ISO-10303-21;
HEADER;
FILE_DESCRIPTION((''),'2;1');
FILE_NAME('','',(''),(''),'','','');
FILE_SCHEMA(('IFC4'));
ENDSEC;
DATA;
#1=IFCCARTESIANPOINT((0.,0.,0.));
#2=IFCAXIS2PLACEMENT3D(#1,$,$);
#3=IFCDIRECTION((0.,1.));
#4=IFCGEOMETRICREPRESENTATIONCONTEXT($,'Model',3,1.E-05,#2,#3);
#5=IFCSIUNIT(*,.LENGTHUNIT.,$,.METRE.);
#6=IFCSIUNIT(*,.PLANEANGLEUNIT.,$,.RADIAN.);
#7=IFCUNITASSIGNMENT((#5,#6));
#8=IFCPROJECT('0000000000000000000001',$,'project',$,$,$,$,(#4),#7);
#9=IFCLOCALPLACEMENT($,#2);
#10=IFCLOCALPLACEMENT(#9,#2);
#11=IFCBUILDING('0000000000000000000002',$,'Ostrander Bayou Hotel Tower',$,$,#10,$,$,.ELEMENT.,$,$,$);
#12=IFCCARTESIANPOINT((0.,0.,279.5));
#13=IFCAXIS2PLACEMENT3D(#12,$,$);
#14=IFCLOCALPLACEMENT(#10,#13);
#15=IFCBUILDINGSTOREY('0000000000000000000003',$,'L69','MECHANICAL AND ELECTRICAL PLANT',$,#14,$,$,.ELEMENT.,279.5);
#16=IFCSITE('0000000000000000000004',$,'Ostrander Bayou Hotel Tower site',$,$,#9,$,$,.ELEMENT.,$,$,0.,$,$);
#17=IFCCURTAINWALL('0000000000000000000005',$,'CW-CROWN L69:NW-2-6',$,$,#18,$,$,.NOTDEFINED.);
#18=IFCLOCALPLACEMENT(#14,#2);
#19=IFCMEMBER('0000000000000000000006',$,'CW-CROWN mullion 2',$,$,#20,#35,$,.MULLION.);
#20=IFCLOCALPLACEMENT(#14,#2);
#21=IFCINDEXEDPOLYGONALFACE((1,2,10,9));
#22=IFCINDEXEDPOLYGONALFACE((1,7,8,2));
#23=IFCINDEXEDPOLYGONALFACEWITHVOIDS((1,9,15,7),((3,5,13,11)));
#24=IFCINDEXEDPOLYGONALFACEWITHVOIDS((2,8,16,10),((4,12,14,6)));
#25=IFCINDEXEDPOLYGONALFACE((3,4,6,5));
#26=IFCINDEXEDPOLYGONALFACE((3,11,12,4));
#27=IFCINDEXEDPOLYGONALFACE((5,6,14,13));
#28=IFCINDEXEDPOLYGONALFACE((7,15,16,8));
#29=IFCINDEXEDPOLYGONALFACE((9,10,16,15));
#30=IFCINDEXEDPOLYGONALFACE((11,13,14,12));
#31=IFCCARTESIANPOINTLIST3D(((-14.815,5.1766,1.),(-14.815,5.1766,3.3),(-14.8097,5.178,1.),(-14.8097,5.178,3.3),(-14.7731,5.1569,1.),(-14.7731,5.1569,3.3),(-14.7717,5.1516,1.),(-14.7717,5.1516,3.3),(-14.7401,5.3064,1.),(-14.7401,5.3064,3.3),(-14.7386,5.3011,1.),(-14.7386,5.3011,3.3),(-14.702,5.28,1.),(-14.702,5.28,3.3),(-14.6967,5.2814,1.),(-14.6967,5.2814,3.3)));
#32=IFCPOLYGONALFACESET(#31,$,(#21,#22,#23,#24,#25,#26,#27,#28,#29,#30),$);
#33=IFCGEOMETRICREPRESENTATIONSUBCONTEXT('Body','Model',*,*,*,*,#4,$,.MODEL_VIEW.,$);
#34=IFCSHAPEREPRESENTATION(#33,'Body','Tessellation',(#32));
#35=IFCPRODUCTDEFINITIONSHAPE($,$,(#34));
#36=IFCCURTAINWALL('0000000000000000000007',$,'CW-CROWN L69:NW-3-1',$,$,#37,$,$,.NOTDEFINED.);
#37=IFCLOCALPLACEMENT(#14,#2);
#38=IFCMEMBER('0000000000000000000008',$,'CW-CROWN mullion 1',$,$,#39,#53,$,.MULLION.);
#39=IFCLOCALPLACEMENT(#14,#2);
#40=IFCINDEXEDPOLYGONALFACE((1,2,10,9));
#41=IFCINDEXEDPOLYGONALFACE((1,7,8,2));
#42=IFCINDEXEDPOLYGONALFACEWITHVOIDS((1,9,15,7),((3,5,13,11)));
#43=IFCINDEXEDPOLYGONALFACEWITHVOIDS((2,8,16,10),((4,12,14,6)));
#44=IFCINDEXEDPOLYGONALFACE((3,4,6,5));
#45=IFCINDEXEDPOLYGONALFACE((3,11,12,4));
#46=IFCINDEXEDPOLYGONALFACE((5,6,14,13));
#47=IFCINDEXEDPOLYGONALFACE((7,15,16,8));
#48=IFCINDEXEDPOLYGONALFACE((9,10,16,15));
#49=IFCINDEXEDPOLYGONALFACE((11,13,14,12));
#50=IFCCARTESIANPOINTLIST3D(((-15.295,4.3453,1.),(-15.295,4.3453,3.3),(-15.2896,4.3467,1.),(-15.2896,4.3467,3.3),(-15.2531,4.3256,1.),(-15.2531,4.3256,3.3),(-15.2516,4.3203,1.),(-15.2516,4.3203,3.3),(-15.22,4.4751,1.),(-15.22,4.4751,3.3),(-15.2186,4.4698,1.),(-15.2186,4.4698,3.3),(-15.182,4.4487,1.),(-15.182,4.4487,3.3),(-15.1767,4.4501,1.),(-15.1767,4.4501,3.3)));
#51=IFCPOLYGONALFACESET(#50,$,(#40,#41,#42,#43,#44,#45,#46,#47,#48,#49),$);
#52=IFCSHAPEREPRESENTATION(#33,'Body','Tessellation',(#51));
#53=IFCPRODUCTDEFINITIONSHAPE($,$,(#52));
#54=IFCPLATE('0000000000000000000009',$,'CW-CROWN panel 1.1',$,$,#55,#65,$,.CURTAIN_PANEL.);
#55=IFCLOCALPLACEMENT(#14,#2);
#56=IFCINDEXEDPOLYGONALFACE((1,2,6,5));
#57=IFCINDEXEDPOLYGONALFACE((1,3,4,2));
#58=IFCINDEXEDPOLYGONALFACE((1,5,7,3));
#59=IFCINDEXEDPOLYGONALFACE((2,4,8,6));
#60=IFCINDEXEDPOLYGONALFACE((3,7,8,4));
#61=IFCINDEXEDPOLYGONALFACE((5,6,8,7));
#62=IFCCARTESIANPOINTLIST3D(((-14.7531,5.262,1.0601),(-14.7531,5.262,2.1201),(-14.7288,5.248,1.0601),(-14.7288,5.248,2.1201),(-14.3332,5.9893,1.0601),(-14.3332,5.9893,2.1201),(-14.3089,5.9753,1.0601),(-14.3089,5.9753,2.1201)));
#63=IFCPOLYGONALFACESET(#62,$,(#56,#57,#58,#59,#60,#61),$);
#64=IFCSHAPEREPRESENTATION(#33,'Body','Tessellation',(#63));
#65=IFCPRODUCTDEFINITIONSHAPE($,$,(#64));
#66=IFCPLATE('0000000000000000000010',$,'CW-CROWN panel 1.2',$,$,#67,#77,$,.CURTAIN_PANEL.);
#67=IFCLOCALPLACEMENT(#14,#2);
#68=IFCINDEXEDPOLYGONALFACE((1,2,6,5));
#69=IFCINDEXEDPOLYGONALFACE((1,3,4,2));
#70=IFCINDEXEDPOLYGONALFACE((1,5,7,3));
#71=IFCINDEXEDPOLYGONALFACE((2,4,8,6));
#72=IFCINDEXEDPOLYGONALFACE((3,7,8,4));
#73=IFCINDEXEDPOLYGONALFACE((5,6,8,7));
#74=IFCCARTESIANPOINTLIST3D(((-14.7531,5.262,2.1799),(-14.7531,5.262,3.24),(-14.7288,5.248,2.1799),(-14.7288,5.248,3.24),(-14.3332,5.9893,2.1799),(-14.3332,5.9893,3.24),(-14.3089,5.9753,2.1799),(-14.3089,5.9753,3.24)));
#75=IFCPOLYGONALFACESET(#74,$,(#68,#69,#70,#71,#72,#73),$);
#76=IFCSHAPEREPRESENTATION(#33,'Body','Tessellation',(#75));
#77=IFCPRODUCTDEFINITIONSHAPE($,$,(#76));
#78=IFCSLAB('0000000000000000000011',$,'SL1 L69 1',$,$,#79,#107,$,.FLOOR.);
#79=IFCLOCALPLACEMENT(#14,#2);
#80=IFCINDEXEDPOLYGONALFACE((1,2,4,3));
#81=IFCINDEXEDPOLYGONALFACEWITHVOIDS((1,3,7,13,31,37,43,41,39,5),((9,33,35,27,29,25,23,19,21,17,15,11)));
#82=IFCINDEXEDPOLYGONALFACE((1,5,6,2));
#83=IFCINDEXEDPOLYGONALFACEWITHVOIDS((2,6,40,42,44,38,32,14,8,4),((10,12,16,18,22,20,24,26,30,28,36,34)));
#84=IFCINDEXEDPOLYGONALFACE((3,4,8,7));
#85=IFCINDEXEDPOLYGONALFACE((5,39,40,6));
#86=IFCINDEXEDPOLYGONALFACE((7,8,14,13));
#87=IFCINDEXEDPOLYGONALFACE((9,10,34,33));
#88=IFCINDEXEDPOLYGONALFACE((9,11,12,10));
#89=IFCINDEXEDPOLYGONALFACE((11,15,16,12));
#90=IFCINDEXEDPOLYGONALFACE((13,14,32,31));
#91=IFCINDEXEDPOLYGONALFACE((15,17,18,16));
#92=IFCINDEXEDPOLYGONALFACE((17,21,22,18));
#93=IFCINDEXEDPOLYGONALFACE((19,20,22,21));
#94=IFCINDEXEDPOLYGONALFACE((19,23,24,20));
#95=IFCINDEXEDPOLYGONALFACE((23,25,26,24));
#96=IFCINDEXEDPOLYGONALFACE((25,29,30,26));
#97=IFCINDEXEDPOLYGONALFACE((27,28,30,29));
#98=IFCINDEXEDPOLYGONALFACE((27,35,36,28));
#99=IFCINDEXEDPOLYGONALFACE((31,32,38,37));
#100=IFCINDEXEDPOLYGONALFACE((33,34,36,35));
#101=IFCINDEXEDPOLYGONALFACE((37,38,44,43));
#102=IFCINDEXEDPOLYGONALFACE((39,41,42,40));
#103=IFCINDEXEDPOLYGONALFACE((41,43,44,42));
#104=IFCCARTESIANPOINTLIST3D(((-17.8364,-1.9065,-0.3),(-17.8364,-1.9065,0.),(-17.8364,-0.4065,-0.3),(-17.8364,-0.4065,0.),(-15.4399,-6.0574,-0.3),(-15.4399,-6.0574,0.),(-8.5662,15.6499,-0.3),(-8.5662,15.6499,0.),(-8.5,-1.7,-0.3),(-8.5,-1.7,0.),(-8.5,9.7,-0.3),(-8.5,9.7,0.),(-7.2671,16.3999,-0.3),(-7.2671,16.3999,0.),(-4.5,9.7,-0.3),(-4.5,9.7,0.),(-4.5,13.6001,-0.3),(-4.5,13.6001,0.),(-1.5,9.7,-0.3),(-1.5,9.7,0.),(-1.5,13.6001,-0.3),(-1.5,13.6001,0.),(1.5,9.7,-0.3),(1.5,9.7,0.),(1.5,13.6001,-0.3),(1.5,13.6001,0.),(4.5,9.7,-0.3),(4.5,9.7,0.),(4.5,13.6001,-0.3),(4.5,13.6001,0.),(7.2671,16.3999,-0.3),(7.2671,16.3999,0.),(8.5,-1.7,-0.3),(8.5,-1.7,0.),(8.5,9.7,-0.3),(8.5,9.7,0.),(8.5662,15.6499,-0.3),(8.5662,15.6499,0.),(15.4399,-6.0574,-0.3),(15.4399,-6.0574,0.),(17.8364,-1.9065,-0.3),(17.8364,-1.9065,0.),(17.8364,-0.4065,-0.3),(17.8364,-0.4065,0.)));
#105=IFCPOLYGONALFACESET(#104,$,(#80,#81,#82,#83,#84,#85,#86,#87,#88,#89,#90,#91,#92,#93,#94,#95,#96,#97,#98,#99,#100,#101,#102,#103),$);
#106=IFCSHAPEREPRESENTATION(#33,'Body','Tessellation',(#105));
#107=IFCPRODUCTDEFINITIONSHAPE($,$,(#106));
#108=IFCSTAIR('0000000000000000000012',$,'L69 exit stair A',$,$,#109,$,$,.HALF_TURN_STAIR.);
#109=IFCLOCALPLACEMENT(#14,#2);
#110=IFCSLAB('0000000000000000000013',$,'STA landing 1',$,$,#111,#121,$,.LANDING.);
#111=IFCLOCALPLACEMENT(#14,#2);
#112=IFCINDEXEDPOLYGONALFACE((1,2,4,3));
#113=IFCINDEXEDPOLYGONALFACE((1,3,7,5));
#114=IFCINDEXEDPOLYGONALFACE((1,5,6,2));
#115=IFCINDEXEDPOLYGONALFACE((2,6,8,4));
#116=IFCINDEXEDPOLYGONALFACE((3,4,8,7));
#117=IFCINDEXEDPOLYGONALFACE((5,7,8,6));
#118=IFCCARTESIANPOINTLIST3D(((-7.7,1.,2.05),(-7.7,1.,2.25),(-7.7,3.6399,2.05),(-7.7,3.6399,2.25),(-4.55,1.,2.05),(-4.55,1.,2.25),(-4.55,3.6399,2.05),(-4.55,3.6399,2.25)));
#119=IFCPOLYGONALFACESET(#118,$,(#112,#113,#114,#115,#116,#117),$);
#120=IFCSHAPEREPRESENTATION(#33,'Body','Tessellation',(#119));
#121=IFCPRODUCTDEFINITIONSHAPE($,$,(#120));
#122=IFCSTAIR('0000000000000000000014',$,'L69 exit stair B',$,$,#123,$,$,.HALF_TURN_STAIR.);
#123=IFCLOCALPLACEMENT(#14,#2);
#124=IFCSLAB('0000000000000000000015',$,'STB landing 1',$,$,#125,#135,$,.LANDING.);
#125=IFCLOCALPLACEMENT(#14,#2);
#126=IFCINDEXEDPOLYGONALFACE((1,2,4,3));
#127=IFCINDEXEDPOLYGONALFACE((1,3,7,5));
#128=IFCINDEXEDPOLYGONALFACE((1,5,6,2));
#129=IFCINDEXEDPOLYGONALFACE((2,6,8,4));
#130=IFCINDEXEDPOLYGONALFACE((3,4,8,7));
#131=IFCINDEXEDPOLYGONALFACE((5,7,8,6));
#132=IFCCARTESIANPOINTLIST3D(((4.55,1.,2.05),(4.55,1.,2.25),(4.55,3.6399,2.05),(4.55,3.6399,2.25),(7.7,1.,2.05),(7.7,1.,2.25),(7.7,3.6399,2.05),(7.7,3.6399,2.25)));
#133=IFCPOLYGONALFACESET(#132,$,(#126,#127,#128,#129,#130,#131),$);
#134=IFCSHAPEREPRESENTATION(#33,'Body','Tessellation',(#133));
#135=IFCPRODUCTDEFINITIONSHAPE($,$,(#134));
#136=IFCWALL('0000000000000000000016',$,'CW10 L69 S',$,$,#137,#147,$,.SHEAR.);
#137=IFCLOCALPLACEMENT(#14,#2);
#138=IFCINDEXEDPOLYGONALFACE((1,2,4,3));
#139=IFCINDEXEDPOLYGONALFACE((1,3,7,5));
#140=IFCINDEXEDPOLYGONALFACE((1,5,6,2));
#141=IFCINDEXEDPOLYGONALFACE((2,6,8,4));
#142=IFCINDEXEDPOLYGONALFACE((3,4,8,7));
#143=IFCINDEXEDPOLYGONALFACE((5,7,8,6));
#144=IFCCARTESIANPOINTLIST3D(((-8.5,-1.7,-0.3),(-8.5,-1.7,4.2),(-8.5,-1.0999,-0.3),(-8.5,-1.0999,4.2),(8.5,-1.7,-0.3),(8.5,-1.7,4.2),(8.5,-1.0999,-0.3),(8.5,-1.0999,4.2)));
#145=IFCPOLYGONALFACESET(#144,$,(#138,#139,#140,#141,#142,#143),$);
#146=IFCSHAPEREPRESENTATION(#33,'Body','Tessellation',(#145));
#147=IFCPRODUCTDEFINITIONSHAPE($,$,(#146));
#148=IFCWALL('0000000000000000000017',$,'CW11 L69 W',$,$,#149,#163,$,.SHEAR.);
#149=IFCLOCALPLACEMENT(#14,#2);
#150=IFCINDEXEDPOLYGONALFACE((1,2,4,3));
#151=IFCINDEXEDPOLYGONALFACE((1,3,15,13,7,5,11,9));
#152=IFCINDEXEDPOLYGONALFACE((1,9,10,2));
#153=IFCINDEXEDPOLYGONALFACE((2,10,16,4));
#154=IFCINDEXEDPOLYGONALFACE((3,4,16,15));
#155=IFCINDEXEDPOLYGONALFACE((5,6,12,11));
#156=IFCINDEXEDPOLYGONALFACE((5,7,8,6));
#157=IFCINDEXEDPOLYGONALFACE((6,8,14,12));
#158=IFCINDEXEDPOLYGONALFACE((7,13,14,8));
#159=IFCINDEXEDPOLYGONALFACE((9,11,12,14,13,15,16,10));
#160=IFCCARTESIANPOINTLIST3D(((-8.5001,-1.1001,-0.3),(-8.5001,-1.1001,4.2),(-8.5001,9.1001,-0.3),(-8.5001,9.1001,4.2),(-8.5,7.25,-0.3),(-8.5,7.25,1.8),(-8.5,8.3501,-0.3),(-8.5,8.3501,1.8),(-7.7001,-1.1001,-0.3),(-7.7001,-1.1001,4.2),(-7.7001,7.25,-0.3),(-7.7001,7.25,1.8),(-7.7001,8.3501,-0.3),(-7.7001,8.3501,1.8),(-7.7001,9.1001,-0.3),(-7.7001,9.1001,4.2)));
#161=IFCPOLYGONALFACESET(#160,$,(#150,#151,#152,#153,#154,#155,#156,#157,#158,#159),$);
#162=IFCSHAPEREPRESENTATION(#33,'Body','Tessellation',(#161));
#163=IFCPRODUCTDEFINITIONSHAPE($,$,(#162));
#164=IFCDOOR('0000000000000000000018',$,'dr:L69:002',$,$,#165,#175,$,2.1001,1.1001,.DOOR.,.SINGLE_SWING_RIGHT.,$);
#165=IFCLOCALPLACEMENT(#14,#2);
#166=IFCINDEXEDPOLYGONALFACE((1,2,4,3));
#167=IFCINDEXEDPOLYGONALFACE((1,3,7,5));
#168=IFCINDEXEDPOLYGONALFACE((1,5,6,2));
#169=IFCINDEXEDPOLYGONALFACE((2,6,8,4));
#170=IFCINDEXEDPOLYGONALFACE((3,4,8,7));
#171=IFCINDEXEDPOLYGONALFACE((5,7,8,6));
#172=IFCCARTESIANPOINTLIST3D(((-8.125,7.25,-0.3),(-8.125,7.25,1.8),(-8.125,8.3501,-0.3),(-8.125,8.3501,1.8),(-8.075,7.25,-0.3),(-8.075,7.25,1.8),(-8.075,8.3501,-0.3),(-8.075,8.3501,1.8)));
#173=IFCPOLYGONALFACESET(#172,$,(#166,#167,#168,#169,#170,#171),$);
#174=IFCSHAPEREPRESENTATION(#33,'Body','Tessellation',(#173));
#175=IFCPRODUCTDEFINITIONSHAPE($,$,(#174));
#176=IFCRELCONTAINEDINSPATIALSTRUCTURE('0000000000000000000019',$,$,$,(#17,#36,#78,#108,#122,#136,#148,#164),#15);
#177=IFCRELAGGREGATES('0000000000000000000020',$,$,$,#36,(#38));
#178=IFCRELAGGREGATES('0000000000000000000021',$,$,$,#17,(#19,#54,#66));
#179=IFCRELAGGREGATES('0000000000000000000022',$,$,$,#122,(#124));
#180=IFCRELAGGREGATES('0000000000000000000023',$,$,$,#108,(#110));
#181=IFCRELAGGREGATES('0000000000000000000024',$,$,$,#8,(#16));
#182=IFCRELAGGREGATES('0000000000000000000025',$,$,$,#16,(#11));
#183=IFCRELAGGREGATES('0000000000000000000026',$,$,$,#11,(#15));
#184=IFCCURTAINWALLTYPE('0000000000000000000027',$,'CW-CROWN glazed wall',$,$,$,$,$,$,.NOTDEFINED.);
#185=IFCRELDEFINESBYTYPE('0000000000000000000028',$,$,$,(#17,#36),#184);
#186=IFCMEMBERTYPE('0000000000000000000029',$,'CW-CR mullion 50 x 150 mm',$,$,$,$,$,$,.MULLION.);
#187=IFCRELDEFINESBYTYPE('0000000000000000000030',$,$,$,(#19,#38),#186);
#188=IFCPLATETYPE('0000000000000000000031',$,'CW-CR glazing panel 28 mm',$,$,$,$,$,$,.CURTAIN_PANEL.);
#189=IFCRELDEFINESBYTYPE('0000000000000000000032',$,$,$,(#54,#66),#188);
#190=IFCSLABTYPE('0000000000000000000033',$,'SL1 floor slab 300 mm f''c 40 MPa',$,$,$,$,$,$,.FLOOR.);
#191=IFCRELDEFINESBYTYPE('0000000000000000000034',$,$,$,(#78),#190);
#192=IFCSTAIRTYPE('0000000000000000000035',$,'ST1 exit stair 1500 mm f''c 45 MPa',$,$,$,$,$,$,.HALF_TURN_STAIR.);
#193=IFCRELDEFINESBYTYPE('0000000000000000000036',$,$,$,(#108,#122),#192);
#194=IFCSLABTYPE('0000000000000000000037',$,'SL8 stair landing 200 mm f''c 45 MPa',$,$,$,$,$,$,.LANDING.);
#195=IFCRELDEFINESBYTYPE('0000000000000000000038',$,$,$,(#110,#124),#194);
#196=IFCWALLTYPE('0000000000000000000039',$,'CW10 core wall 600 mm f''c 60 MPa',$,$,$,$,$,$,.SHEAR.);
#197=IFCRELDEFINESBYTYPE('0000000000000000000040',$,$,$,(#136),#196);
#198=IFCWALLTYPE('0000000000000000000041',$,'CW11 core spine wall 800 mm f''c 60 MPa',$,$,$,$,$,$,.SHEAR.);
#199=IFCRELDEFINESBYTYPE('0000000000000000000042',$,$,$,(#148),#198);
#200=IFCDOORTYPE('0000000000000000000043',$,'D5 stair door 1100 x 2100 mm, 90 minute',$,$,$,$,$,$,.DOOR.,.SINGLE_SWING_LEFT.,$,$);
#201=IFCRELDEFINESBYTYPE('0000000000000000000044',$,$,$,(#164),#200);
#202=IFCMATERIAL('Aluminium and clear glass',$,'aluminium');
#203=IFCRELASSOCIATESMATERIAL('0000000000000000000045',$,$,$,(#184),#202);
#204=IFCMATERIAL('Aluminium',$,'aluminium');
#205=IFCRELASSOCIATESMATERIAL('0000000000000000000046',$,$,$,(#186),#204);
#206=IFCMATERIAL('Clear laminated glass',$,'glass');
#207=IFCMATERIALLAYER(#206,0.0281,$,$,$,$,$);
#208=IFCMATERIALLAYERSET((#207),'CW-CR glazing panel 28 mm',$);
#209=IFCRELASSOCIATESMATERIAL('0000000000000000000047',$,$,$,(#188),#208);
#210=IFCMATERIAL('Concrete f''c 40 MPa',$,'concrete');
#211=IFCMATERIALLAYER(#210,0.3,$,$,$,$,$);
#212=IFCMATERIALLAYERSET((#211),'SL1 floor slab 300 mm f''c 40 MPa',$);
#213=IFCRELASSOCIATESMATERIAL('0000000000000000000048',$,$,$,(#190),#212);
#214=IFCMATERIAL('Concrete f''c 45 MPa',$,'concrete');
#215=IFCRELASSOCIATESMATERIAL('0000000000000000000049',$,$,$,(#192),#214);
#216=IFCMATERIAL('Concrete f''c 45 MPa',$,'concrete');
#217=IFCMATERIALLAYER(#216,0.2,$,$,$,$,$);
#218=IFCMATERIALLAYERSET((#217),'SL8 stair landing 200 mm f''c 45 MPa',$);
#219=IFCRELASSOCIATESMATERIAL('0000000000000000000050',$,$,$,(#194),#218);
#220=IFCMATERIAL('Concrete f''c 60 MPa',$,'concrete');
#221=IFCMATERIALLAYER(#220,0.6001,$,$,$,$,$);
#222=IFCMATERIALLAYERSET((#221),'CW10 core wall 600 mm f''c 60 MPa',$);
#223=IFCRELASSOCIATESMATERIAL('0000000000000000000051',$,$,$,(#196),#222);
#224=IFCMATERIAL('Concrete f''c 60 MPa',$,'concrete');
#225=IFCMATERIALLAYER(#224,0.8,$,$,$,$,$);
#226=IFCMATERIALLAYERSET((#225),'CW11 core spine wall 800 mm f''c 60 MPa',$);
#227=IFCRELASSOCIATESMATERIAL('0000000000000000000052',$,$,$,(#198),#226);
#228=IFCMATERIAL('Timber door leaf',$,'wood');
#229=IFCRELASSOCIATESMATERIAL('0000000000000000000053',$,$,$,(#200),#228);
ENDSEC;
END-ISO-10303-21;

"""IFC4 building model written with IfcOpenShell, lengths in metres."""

from ifc_helpers import new_model, si_unit, direction, frame, frame_2d, origin, origin_2d, place, context, subcontext, project, spatial, polyline, rectangle, hollow_rectangle, outline, extrude, material, layer, layer_set, material_profile, profile_set, type_object, element, fill, aggregate, save


model = new_model("IFC4")

# Units and contexts
model_context = context("Model", 3, precision=1e-05, world=origin(), true_north=direction((0.0, 1.0)))
body_context = subcontext(model_context, "Body", "Model", "MODEL_VIEW")
ifc_project = project(units=[si_unit("LENGTHUNIT", "METRE"), si_unit("PLANEANGLEUNIT", "RADIAN")], contexts=[model_context])

# Site, building, storey
site_placement = place(None, origin())
site = spatial("IfcSite", under=ifc_project, at=site_placement, Name="Ostrander Bayou Hotel Tower site", CompositionType="ELEMENT", RefElevation=0.0)
building_placement = place(site_placement, origin())
building = spatial("IfcBuilding", under=site, at=building_placement, Name="Ostrander Bayou Hotel Tower", CompositionType="ELEMENT")
storey_placement = place(building_placement, frame((0.0, 0.0, 279.5)))
storey = spatial("IfcBuildingStorey", under=building, at=storey_placement, Name="L69", Description="MECHANICAL AND ELECTRICAL PLANT", CompositionType="ELEMENT", Elevation=279.5)

# Curtain walls, members
ifc_material_1 = material(Name="Aluminium and clear glass", Category="aluminium")
curtain_wall_type = type_object("IfcCurtainWallType", Name="CW-CROWN glazed wall", PredefinedType="NOTDEFINED", material=ifc_material_1)
curtain_wall_1_placement = place(storey_placement, origin())
curtain_wall_1 = element("IfcCurtainWall", 1, at=curtain_wall_1_placement, inside=storey, type_object=curtain_wall_type, Name="CW-CROWN L69:NW-2-6", PredefinedType="NOTDEFINED")
ifc_material_2 = material(Name="Aluminium", Category="aluminium")
ifc_material_profile = material_profile(ifc_material_2, hollow_rectangle(XDim=0.05, YDim=0.1499, WallThickness=0.0039, at=origin_2d()))
ifc_profile_set = profile_set([ifc_material_profile], Name="Aluminium")
member_type = type_object("IfcMemberType", Name="CW-CR mullion 50 x 150 mm", PredefinedType="MULLION", material=ifc_profile_set)
member_1_placement = place(storey_placement, frame((-14.7559, 5.229, 1.0), z_axis=(0.0, 0.0, 1.0), x_axis=(0.866022, -0.500005, 0.0)))
member_1 = element("IfcMember", 2, at=member_1_placement, type_object=member_type, Name="CW-CROWN mullion 2", PredefinedType="MULLION", context=body_context, shape_type="SweptSolid", body=[
    extrude(hollow_rectangle(XDim=0.05, YDim=0.1499, WallThickness=0.0039, at=origin_2d()), origin(), (0.0, 0.0, 1.0), 2.3),
])
curtain_wall_2_placement = place(storey_placement, origin())
curtain_wall_2 = element("IfcCurtainWall", 3, at=curtain_wall_2_placement, inside=storey, type_object=curtain_wall_type, Name="CW-CROWN L69:NW-3-1", PredefinedType="NOTDEFINED")
member_2_placement = place(storey_placement, frame((-15.2358, 4.3977, 1.0), z_axis=(0.0, 0.0, 1.0), x_axis=(0.866044, -0.499967, 0.0)))
member_2 = element("IfcMember", 4, at=member_2_placement, type_object=member_type, Name="CW-CROWN mullion 1", PredefinedType="MULLION", context=body_context, shape_type="SweptSolid", body=[
    extrude(hollow_rectangle(XDim=0.05, YDim=0.1499, WallThickness=0.0039, at=origin_2d()), origin(), (0.0, 0.0, 1.0), 2.3),
])
aggregate(curtain_wall_2, [member_2])

# Plates
ifc_material_3 = material(Name="Clear laminated glass", Category="glass")
ifc_layer_1 = layer(ifc_material_3, 0.0281)
ifc_layer_set_1 = layer_set([ifc_layer_1], Name="CW-CR glazing panel 28 mm")
plate_type = type_object("IfcPlateType", Name="CW-CR glazing panel 28 mm", PredefinedType="CURTAIN_PANEL", material=ifc_layer_set_1)
plate_1_placement = place(storey_placement, frame((-14.531, 5.6187, 1.0601), z_axis=(0.0, 0.0, 1.0), x_axis=(-0.500005, -0.866022, 0.0)))
plate_1 = element("IfcPlate", 5, at=plate_1_placement, type_object=plate_type, Name="CW-CROWN panel 1.1", PredefinedType="CURTAIN_PANEL", context=body_context, shape_type="SweptSolid", body=[
    extrude(rectangle(XDim=0.8398, YDim=0.0281, at=origin_2d()), origin(), (0.0, 0.0, 1.0), 1.0601),
])
plate_2_placement = place(storey_placement, frame((-14.531, 5.6187, 2.1799), z_axis=(0.0, 0.0, 1.0), x_axis=(-0.500005, -0.866022, 0.0)))
plate_2 = element("IfcPlate", 6, at=plate_2_placement, type_object=plate_type, Name="CW-CROWN panel 1.2", PredefinedType="CURTAIN_PANEL", context=body_context, shape_type="SweptSolid", body=[
    extrude(rectangle(XDim=0.8398, YDim=0.0281, at=origin_2d()), origin(), (0.0, 0.0, 1.0), 1.0601),
])
aggregate(curtain_wall_1, [member_1, plate_1, plate_2])

# Slab
ifc_material_4 = material(Name="Concrete f'c 40 MPa", Category="concrete")
ifc_layer_2 = layer(ifc_material_4, 0.3)
ifc_layer_set_2 = layer_set([ifc_layer_2], Name="SL1 floor slab 300 mm f'c 40 MPa")
slab_type_1 = type_object("IfcSlabType", Name="SL1 floor slab 300 mm f'c 40 MPa", PredefinedType="FLOOR", material=ifc_layer_set_2)
slab_1_placement = place(storey_placement, frame((0.0, 0.0, -0.3)))
element("IfcSlab", 7, at=slab_1_placement, inside=storey, type_object=slab_type_1, Name="SL1 L69 1", PredefinedType="FLOOR", context=body_context, shape_type="SweptSolid", body=[
    extrude(outline(polyline([(17.8364, -0.4065), (17.8364, -1.9065), (15.4399, -6.0574), (-15.4399, -6.0574), (-17.8364, -1.9065), (-17.8364, -0.4065), (-8.5662, 15.6499), (-7.2671, 16.3999), (7.2671, 16.3999), (8.5662, 15.6499), (17.8364, -0.4065)]), holes=[polyline([(-8.5, -1.7), (8.5, -1.7), (8.5, 9.7), (4.5, 9.7), (4.5, 13.6001), (1.5, 13.6001), (1.5, 9.7), (-1.5, 9.7), (-1.5, 13.6001), (-4.5, 13.6001), (-4.5, 9.7), (-8.5, 9.7), (-8.5, -1.7)])]), origin(), (0.0, 0.0, 1.0), 0.3),
])

# Stairs, slabs
ifc_material_5 = material(Name="Concrete f'c 45 MPa", Category="concrete")
stair_type = type_object("IfcStairType", Name="ST1 exit stair 1500 mm f'c 45 MPa", PredefinedType="HALF_TURN_STAIR", material=ifc_material_5)
stair_1_placement = place(storey_placement, origin())
stair_1 = element("IfcStair", 8, at=stair_1_placement, inside=storey, type_object=stair_type, Name="L69 exit stair A", PredefinedType="HALF_TURN_STAIR")
ifc_material_6 = material(Name="Concrete f'c 45 MPa", Category="concrete")
ifc_layer_3 = layer(ifc_material_6, 0.2)
ifc_layer_set_3 = layer_set([ifc_layer_3], Name="SL8 stair landing 200 mm f'c 45 MPa")
slab_type_2 = type_object("IfcSlabType", Name="SL8 stair landing 200 mm f'c 45 MPa", PredefinedType="LANDING", material=ifc_layer_set_3)
slab_2_placement = place(storey_placement, frame((0.0, 0.0, 2.05)))
slab_2 = element("IfcSlab", 9, at=slab_2_placement, type_object=slab_type_2, Name="STA landing 1", PredefinedType="LANDING", context=body_context, shape_type="SweptSolid", body=[
    extrude(outline(polyline([(-7.7, 3.6399), (-7.7, 1.0), (-4.55, 1.0), (-4.55, 3.6399), (-7.7, 3.6399)])), origin(), (0.0, 0.0, 1.0), 0.2),
])
stair_2_placement = place(storey_placement, origin())
stair_2 = element("IfcStair", 10, at=stair_2_placement, inside=storey, type_object=stair_type, Name="L69 exit stair B", PredefinedType="HALF_TURN_STAIR")
slab_3_placement = place(storey_placement, frame((0.0, 0.0, 2.05)))
slab_3 = element("IfcSlab", 11, at=slab_3_placement, type_object=slab_type_2, Name="STB landing 1", PredefinedType="LANDING", context=body_context, shape_type="SweptSolid", body=[
    extrude(outline(polyline([(4.55, 3.6399), (4.55, 1.0), (7.7, 1.0), (7.7, 3.6399), (4.55, 3.6399)])), origin(), (0.0, 0.0, 1.0), 0.2),
])
aggregate(stair_2, [slab_3])

# Wall
ifc_material_7 = material(Name="Concrete f'c 60 MPa", Category="concrete")
ifc_layer_4 = layer(ifc_material_7, 0.6001)
ifc_layer_set_4 = layer_set([ifc_layer_4], Name="CW10 core wall 600 mm f'c 60 MPa")
wall_type_1 = type_object("IfcWallType", Name="CW10 core wall 600 mm f'c 60 MPa", PredefinedType="SHEAR", material=ifc_layer_set_4)
wall_1_placement = place(storey_placement, frame((-8.5, -1.3999, -0.3), z_axis=(0.0, 0.0, 1.0), x_axis=(1.0, 0.0, 0.0)))
element("IfcWall", 12, at=wall_1_placement, inside=storey, type_object=wall_type_1, Name="CW10 L69 S", PredefinedType="SHEAR", context=body_context, shape_type="SweptSolid", body=[
    extrude(rectangle(XDim=17.0, YDim=0.6001, at=frame_2d((8.5, 0.0))), origin(), (0.0, 0.0, 1.0), 4.5),
])

# Wall, opening, door
ifc_material_8 = material(Name="Concrete f'c 60 MPa", Category="concrete")
ifc_layer_5 = layer(ifc_material_8, 0.8)
ifc_layer_set_5 = layer_set([ifc_layer_5], Name="CW11 core spine wall 800 mm f'c 60 MPa")
wall_type_2 = type_object("IfcWallType", Name="CW11 core spine wall 800 mm f'c 60 MPa", PredefinedType="SHEAR", material=ifc_layer_set_5)
wall_2_placement = place(storey_placement, frame((-8.1001, -1.1001, -0.3), z_axis=(0.0, 0.0, 1.0), x_axis=(0.0, 1.0, 0.0)))
wall_2 = element("IfcWall", 13, at=wall_2_placement, inside=storey, type_object=wall_type_2, Name="CW11 L69 W", PredefinedType="SHEAR", context=body_context, shape_type="SweptSolid", body=[
    extrude(rectangle(XDim=10.2002, YDim=0.8, at=frame_2d((5.1001, 0.0))), origin(), (0.0, 0.0, 1.0), 4.5),
])
opening_1_placement = place(wall_2_placement, frame((8.3501, 0.0, 0.0)))
opening_1 = element("IfcOpeningElement", 14, at=opening_1_placement, cuts=wall_2, PredefinedType="OPENING", context=body_context, shape_type="SweptSolid", body=[
    extrude(rectangle(XDim=1.1001, YDim=2.1001, at=frame_2d((0.55, 1.05))), frame((0.0, 0.3999, 0.0), z_axis=(0.0, -1.0, 0.0), x_axis=(1.0, 0.0, 0.0)), (0.0, 0.0, 1.0), 0.8),
])
ifc_material_9 = material(Name="Timber door leaf", Category="wood")
door_type_1 = type_object("IfcDoorType", Name="D5 stair door 1100 x 2100 mm, 90 minute", OperationType="SINGLE_SWING_LEFT", PredefinedType="DOOR", material=ifc_material_9)
door_1_placement = place(opening_1_placement, origin())
door_1 = element("IfcDoor", 15, at=door_1_placement, inside=storey, type_object=door_type_1, Name="dr:L69:002", OperationType="SINGLE_SWING_RIGHT", OverallHeight=2.1001, OverallWidth=1.1001, PredefinedType="DOOR", context=body_context, shape_type="SweptSolid", body=[
    extrude(rectangle(XDim=1.1001, YDim=2.1001, at=frame_2d((0.55, 1.05))), frame((0.0, 0.0249, 0.0), z_axis=(0.0, -1.0, 0.0), x_axis=(1.0, 0.0, 0.0)), (0.0, 0.0, 1.0), 0.05),
])
fill(opening_1, door_1)

aggregate(stair_1, [slab_2])

save(model, "model.ifc")
